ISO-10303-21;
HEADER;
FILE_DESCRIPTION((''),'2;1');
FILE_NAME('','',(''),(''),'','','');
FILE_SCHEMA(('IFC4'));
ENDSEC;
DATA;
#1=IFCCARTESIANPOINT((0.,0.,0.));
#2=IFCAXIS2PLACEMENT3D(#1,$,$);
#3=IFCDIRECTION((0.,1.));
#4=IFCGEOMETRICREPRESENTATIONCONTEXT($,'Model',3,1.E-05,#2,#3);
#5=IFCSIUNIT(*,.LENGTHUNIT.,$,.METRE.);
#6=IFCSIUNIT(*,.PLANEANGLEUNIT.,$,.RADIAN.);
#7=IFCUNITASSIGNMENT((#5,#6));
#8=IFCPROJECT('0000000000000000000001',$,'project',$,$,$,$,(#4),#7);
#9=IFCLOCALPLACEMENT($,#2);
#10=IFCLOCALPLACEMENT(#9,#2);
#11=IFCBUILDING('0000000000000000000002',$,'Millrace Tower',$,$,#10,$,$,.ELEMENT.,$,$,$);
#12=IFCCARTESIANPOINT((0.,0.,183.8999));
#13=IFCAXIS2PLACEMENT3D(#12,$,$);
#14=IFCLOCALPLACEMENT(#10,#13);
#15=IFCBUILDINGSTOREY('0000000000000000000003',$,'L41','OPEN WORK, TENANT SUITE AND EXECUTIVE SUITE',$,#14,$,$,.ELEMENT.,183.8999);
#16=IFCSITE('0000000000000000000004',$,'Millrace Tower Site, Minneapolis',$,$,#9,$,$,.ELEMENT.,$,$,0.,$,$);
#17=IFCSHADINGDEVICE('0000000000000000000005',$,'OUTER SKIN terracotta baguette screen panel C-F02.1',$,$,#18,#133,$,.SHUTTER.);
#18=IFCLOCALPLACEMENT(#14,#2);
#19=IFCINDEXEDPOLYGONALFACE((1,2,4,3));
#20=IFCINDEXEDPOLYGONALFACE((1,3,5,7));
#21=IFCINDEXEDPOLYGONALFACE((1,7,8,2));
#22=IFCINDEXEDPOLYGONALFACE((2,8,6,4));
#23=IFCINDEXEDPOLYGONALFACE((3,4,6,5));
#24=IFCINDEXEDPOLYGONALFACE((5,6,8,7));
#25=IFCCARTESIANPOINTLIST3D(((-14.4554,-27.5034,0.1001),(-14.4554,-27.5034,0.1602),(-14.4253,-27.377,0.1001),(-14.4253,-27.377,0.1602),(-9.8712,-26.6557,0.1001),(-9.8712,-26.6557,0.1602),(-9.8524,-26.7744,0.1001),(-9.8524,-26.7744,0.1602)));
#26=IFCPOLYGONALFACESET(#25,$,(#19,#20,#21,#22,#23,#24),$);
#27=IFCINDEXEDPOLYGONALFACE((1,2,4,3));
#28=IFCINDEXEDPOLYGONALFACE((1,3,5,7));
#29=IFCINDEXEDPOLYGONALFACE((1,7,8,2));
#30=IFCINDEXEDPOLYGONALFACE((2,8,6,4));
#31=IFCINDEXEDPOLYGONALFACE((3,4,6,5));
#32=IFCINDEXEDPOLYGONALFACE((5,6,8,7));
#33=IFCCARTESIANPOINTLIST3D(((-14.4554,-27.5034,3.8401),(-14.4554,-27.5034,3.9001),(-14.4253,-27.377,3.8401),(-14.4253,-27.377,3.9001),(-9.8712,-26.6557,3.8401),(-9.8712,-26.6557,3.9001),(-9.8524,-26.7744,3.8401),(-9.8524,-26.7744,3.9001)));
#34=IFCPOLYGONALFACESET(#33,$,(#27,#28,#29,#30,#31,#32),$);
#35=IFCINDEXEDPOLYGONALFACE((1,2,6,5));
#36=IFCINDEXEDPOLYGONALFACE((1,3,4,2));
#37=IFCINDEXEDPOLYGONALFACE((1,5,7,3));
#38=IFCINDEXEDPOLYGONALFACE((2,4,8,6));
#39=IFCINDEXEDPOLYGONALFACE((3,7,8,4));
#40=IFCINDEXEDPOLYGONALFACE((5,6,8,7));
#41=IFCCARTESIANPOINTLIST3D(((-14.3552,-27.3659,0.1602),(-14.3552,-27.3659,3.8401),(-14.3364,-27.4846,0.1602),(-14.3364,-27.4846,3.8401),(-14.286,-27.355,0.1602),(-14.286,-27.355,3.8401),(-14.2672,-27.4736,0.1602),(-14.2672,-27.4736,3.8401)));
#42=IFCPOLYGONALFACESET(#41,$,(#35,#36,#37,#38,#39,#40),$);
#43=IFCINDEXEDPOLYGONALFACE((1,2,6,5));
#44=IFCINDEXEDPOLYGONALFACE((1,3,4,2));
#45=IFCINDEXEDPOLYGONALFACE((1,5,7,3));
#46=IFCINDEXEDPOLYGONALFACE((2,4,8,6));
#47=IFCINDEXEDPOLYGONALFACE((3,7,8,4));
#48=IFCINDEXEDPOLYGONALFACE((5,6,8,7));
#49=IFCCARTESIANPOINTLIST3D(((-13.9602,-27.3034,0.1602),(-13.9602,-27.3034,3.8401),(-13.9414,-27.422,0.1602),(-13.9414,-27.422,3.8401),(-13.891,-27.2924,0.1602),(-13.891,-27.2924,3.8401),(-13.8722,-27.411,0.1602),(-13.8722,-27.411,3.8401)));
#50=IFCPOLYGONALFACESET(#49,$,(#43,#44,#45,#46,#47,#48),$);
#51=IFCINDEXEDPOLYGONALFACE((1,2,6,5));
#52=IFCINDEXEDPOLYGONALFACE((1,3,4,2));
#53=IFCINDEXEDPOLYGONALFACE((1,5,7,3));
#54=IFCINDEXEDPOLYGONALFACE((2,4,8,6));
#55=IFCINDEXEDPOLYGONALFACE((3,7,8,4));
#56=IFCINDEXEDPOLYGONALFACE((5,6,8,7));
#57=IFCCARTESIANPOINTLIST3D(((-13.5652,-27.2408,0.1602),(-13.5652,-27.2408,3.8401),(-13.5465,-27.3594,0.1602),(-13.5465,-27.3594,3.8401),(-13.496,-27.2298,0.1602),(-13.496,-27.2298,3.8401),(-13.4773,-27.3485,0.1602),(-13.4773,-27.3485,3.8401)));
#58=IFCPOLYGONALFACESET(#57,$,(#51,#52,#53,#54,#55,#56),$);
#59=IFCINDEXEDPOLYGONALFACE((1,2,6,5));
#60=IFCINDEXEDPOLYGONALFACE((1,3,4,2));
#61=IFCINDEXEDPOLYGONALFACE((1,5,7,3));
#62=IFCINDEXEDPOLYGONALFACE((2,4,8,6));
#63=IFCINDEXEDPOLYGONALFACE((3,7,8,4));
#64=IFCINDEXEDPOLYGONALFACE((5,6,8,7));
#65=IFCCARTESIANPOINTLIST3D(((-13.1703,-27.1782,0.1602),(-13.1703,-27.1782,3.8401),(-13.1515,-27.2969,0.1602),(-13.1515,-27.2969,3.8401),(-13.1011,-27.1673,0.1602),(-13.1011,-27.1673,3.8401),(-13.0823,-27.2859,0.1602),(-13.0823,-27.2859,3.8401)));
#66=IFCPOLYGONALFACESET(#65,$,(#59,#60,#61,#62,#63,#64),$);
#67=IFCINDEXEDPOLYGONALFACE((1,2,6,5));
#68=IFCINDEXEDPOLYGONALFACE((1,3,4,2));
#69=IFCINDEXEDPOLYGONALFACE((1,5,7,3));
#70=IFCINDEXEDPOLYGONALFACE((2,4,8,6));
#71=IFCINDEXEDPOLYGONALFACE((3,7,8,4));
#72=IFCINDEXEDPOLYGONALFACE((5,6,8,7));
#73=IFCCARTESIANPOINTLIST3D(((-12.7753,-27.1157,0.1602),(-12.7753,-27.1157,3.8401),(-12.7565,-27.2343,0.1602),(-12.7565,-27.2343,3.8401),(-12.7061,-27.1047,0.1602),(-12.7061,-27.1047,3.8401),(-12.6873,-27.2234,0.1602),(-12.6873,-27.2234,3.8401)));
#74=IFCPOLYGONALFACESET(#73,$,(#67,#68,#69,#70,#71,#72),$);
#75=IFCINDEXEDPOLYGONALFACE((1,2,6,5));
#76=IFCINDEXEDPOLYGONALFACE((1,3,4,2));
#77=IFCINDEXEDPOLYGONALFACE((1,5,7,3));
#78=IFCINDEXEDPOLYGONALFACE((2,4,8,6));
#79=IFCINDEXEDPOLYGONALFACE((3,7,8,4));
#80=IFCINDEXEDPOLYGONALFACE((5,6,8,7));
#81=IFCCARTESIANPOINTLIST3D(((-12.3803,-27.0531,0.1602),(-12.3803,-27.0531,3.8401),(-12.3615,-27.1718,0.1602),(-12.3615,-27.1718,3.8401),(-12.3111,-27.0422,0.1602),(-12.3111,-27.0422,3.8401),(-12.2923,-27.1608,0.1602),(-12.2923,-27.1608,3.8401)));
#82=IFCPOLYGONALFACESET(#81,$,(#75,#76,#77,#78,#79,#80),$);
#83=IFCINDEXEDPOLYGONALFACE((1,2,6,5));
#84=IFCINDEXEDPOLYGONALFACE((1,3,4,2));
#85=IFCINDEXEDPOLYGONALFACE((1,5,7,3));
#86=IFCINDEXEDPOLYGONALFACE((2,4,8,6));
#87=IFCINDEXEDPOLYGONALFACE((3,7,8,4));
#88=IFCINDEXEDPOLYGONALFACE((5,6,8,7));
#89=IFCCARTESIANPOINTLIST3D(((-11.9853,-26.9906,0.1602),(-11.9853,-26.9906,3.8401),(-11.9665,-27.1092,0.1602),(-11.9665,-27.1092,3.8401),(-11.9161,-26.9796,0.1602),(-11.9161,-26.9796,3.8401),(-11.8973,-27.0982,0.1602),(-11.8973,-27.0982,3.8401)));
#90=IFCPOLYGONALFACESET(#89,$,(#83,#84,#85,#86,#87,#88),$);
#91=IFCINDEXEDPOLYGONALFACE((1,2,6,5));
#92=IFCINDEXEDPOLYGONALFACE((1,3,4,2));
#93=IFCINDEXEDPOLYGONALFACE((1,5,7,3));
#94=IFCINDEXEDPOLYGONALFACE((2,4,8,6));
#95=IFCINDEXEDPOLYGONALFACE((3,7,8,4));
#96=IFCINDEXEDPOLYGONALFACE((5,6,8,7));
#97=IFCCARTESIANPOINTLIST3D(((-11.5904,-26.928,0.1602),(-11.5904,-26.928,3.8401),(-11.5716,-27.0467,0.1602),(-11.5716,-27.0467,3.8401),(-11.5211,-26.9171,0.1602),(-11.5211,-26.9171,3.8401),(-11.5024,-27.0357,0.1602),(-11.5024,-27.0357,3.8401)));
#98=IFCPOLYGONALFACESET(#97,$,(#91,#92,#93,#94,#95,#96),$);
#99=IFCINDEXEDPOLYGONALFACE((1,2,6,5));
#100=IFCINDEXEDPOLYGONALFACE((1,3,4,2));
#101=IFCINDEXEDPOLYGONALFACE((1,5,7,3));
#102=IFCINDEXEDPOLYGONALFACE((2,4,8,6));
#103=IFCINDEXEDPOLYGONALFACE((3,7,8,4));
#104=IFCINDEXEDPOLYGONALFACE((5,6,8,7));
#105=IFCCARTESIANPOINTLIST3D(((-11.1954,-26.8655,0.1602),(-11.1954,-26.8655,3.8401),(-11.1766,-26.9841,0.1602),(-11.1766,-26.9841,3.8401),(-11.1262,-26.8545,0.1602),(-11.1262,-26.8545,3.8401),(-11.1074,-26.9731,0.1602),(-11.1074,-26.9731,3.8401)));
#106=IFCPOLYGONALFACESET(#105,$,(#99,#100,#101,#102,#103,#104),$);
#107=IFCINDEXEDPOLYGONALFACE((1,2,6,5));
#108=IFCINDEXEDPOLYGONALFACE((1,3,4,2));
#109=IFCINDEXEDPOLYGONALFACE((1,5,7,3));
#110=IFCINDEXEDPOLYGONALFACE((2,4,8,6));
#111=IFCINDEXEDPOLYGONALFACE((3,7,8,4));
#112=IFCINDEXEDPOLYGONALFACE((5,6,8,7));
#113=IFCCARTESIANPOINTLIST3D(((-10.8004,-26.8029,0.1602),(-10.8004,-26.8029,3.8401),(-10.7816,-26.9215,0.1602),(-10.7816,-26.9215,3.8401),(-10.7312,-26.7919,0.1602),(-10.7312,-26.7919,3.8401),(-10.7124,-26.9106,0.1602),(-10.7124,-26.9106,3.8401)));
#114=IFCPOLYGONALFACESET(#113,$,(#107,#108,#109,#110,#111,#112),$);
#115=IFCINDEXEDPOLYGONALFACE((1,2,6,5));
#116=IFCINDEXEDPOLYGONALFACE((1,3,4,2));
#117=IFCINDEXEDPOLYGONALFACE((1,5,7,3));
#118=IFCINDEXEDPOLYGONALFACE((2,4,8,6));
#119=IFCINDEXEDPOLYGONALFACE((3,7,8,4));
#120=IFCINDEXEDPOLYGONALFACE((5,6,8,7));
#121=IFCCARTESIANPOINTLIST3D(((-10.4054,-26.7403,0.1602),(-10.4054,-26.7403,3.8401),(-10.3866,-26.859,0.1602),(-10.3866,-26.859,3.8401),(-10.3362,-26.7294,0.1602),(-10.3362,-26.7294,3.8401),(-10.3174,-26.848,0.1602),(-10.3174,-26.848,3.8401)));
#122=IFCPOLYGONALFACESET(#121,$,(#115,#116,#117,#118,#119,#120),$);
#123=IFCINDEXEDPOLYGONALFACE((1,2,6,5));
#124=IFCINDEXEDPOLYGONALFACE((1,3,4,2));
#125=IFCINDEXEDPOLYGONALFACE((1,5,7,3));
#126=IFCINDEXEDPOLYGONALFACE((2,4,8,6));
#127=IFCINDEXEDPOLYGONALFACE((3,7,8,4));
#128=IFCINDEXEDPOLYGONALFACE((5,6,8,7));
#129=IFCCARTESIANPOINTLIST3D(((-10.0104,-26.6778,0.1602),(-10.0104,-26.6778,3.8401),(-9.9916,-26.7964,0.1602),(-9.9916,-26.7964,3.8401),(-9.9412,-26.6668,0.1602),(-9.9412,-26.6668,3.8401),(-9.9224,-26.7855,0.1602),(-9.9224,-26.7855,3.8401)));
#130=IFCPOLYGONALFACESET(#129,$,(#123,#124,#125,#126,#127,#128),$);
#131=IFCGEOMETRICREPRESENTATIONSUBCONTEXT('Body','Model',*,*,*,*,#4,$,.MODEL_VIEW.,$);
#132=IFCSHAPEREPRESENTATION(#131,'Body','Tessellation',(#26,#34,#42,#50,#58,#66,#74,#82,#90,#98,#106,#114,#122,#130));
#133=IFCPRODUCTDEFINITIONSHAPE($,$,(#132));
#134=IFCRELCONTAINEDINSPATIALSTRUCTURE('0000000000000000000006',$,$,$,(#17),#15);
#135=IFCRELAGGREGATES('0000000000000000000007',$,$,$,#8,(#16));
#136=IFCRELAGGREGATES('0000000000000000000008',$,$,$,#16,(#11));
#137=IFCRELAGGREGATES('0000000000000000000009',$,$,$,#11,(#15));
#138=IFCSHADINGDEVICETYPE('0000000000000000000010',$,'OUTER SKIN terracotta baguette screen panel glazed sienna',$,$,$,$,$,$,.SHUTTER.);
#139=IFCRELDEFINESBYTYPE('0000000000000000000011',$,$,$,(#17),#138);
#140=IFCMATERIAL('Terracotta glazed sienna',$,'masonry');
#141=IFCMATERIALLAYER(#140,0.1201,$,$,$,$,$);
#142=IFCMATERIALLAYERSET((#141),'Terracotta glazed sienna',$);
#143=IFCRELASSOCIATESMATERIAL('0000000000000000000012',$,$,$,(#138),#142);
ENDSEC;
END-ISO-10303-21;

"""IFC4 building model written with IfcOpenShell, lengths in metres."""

from ifc_helpers import new_model, entity, si_unit, direction, frame, frame_2d, origin, place, context, subcontext, project, spatial, rectangle, extrude, source, transform, mapped, material, layer, layer_set, type_object, element, save


model = new_model("IFC4")

# Units and contexts
model_context = context("Model", 3, precision=1e-05, world=origin(), true_north=direction((0.0, 1.0)))
body_context = subcontext(model_context, "Body", "Model", "MODEL_VIEW")
ifc_project = project(units=[si_unit("LENGTHUNIT", "METRE"), si_unit("PLANEANGLEUNIT", "RADIAN")], contexts=[model_context])

# Site, building, storey
site_placement = place(None, origin())
site = spatial("IfcSite", under=ifc_project, at=site_placement, Name="Millrace Tower Site, Minneapolis", CompositionType="ELEMENT", RefElevation=0.0)
building_placement = place(site_placement, origin())
building = spatial("IfcBuilding", under=site, at=building_placement, Name="Millrace Tower", CompositionType="ELEMENT")
storey_placement = place(building_placement, frame((0.0, 0.0, 183.8999)))
storey = spatial("IfcBuildingStorey", under=building, at=storey_placement, Name="L41", Description="OPEN WORK, TENANT SUITE AND EXECUTIVE SUITE", CompositionType="ELEMENT", Elevation=183.8999)

# Shading device
ifc_material_1 = material(Name="Terracotta glazed sienna", Category="masonry")
ifc_layer_1 = layer(ifc_material_1, 0.1201)
ifc_layer_set_1 = layer_set([ifc_layer_1], Name="Terracotta glazed sienna")
shading_device_type = type_object("IfcShadingDeviceType", Name="OUTER SKIN terracotta baguette screen panel glazed sienna", PredefinedType="SHUTTER", material=ifc_layer_set_1)
cartesian_point_1 = entity("IfcCartesianPoint", [-2.293, 0.0601])
shared_polyline_1 = entity("IfcPolyline", [cartesian_point_1, entity("IfcCartesianPoint", [2.3179, 0.0601]), entity("IfcCartesianPoint", [2.3179, -0.0601]), entity("IfcCartesianPoint", [-2.3425, -0.0601]), cartesian_point_1])
shared_shape_1 = source(origin(), body_context, "Body", "SweptSolid", [
    entity("IfcExtrudedAreaSolid", entity("IfcArbitraryClosedProfileDef", "AREA", None, shared_polyline_1), entity("IfcAxis2Placement3D", entity("IfcCartesianPoint", [0.0, 0.0, 0.0])), entity("IfcDirection", [0.0, 0.0, 1.0]), 0.0601),
    entity("IfcExtrudedAreaSolid", entity("IfcArbitraryClosedProfileDef", "AREA", None, shared_polyline_1), entity("IfcAxis2Placement3D", entity("IfcCartesianPoint", [0.0, 0.0, 3.74])), entity("IfcDirection", [0.0, 0.0, 1.0]), 0.0601),
    extrude(rectangle(XDim=0.0701, YDim=0.1201, at=frame_2d((-2.187, 0.0))), frame((0.0, 0.0, 0.0601)), (0.0, 0.0, 1.0), 3.6799),
    extrude(rectangle(XDim=0.0701, YDim=0.1201, at=frame_2d((-1.7871, 0.0))), frame((0.0, 0.0, 0.0601)), (0.0, 0.0, 1.0), 3.6799),
    extrude(rectangle(XDim=0.0701, YDim=0.1201, at=frame_2d((-1.3872, 0.0))), frame((0.0, 0.0, 0.0601)), (0.0, 0.0, 1.0), 3.6799),
    extrude(rectangle(XDim=0.0701, YDim=0.1201, at=frame_2d((-0.9873, 0.0))), frame((0.0, 0.0, 0.0601)), (0.0, 0.0, 1.0), 3.6799),
    extrude(rectangle(XDim=0.0701, YDim=0.1201, at=frame_2d((-0.5874, 0.0))), frame((0.0, 0.0, 0.0601)), (0.0, 0.0, 1.0), 3.6799),
    extrude(rectangle(XDim=0.0701, YDim=0.1201, at=frame_2d((-0.1875, 0.0))), frame((0.0, 0.0, 0.0601)), (0.0, 0.0, 1.0), 3.6799),
    extrude(rectangle(XDim=0.0701, YDim=0.1201, at=frame_2d((0.2124, 0.0))), frame((0.0, 0.0, 0.0601)), (0.0, 0.0, 1.0), 3.6799),
    extrude(rectangle(XDim=0.0701, YDim=0.1201, at=frame_2d((0.6123, 0.0))), frame((0.0, 0.0, 0.0601)), (0.0, 0.0, 1.0), 3.6799),
    extrude(rectangle(XDim=0.0701, YDim=0.1201, at=frame_2d((1.0122, 0.0))), frame((0.0, 0.0, 0.0601)), (0.0, 0.0, 1.0), 3.6799),
    extrude(rectangle(XDim=0.0701, YDim=0.1201, at=frame_2d((1.4121, 0.0))), frame((0.0, 0.0, 0.0601)), (0.0, 0.0, 1.0), 3.6799),
    extrude(rectangle(XDim=0.0701, YDim=0.1201, at=frame_2d((1.812, 0.0))), frame((0.0, 0.0, 0.0601)), (0.0, 0.0, 1.0), 3.6799),
    extrude(rectangle(XDim=0.0701, YDim=0.1201, at=frame_2d((2.2119, 0.0))), frame((0.0, 0.0, 0.0601)), (0.0, 0.0, 1.0), 3.6799),
])
shading_device_placement = place(storey_placement, frame((-12.1511, -27.0776, 0.1001), z_axis=(0.0, 0.0, 1.0), x_axis=(0.987688, 0.156434, 0.0)))
element("IfcShadingDevice", 1, at=shading_device_placement, inside=storey, type_object=shading_device_type, Name="OUTER SKIN terracotta baguette screen panel C-F02.1", PredefinedType="SHUTTER", context=body_context, shape_type="MappedRepresentation", body=[
    mapped(shared_shape_1, transform((0.0, 0.0, 0.0), scale=1.0)),
])

save(model, "model.ifc")
